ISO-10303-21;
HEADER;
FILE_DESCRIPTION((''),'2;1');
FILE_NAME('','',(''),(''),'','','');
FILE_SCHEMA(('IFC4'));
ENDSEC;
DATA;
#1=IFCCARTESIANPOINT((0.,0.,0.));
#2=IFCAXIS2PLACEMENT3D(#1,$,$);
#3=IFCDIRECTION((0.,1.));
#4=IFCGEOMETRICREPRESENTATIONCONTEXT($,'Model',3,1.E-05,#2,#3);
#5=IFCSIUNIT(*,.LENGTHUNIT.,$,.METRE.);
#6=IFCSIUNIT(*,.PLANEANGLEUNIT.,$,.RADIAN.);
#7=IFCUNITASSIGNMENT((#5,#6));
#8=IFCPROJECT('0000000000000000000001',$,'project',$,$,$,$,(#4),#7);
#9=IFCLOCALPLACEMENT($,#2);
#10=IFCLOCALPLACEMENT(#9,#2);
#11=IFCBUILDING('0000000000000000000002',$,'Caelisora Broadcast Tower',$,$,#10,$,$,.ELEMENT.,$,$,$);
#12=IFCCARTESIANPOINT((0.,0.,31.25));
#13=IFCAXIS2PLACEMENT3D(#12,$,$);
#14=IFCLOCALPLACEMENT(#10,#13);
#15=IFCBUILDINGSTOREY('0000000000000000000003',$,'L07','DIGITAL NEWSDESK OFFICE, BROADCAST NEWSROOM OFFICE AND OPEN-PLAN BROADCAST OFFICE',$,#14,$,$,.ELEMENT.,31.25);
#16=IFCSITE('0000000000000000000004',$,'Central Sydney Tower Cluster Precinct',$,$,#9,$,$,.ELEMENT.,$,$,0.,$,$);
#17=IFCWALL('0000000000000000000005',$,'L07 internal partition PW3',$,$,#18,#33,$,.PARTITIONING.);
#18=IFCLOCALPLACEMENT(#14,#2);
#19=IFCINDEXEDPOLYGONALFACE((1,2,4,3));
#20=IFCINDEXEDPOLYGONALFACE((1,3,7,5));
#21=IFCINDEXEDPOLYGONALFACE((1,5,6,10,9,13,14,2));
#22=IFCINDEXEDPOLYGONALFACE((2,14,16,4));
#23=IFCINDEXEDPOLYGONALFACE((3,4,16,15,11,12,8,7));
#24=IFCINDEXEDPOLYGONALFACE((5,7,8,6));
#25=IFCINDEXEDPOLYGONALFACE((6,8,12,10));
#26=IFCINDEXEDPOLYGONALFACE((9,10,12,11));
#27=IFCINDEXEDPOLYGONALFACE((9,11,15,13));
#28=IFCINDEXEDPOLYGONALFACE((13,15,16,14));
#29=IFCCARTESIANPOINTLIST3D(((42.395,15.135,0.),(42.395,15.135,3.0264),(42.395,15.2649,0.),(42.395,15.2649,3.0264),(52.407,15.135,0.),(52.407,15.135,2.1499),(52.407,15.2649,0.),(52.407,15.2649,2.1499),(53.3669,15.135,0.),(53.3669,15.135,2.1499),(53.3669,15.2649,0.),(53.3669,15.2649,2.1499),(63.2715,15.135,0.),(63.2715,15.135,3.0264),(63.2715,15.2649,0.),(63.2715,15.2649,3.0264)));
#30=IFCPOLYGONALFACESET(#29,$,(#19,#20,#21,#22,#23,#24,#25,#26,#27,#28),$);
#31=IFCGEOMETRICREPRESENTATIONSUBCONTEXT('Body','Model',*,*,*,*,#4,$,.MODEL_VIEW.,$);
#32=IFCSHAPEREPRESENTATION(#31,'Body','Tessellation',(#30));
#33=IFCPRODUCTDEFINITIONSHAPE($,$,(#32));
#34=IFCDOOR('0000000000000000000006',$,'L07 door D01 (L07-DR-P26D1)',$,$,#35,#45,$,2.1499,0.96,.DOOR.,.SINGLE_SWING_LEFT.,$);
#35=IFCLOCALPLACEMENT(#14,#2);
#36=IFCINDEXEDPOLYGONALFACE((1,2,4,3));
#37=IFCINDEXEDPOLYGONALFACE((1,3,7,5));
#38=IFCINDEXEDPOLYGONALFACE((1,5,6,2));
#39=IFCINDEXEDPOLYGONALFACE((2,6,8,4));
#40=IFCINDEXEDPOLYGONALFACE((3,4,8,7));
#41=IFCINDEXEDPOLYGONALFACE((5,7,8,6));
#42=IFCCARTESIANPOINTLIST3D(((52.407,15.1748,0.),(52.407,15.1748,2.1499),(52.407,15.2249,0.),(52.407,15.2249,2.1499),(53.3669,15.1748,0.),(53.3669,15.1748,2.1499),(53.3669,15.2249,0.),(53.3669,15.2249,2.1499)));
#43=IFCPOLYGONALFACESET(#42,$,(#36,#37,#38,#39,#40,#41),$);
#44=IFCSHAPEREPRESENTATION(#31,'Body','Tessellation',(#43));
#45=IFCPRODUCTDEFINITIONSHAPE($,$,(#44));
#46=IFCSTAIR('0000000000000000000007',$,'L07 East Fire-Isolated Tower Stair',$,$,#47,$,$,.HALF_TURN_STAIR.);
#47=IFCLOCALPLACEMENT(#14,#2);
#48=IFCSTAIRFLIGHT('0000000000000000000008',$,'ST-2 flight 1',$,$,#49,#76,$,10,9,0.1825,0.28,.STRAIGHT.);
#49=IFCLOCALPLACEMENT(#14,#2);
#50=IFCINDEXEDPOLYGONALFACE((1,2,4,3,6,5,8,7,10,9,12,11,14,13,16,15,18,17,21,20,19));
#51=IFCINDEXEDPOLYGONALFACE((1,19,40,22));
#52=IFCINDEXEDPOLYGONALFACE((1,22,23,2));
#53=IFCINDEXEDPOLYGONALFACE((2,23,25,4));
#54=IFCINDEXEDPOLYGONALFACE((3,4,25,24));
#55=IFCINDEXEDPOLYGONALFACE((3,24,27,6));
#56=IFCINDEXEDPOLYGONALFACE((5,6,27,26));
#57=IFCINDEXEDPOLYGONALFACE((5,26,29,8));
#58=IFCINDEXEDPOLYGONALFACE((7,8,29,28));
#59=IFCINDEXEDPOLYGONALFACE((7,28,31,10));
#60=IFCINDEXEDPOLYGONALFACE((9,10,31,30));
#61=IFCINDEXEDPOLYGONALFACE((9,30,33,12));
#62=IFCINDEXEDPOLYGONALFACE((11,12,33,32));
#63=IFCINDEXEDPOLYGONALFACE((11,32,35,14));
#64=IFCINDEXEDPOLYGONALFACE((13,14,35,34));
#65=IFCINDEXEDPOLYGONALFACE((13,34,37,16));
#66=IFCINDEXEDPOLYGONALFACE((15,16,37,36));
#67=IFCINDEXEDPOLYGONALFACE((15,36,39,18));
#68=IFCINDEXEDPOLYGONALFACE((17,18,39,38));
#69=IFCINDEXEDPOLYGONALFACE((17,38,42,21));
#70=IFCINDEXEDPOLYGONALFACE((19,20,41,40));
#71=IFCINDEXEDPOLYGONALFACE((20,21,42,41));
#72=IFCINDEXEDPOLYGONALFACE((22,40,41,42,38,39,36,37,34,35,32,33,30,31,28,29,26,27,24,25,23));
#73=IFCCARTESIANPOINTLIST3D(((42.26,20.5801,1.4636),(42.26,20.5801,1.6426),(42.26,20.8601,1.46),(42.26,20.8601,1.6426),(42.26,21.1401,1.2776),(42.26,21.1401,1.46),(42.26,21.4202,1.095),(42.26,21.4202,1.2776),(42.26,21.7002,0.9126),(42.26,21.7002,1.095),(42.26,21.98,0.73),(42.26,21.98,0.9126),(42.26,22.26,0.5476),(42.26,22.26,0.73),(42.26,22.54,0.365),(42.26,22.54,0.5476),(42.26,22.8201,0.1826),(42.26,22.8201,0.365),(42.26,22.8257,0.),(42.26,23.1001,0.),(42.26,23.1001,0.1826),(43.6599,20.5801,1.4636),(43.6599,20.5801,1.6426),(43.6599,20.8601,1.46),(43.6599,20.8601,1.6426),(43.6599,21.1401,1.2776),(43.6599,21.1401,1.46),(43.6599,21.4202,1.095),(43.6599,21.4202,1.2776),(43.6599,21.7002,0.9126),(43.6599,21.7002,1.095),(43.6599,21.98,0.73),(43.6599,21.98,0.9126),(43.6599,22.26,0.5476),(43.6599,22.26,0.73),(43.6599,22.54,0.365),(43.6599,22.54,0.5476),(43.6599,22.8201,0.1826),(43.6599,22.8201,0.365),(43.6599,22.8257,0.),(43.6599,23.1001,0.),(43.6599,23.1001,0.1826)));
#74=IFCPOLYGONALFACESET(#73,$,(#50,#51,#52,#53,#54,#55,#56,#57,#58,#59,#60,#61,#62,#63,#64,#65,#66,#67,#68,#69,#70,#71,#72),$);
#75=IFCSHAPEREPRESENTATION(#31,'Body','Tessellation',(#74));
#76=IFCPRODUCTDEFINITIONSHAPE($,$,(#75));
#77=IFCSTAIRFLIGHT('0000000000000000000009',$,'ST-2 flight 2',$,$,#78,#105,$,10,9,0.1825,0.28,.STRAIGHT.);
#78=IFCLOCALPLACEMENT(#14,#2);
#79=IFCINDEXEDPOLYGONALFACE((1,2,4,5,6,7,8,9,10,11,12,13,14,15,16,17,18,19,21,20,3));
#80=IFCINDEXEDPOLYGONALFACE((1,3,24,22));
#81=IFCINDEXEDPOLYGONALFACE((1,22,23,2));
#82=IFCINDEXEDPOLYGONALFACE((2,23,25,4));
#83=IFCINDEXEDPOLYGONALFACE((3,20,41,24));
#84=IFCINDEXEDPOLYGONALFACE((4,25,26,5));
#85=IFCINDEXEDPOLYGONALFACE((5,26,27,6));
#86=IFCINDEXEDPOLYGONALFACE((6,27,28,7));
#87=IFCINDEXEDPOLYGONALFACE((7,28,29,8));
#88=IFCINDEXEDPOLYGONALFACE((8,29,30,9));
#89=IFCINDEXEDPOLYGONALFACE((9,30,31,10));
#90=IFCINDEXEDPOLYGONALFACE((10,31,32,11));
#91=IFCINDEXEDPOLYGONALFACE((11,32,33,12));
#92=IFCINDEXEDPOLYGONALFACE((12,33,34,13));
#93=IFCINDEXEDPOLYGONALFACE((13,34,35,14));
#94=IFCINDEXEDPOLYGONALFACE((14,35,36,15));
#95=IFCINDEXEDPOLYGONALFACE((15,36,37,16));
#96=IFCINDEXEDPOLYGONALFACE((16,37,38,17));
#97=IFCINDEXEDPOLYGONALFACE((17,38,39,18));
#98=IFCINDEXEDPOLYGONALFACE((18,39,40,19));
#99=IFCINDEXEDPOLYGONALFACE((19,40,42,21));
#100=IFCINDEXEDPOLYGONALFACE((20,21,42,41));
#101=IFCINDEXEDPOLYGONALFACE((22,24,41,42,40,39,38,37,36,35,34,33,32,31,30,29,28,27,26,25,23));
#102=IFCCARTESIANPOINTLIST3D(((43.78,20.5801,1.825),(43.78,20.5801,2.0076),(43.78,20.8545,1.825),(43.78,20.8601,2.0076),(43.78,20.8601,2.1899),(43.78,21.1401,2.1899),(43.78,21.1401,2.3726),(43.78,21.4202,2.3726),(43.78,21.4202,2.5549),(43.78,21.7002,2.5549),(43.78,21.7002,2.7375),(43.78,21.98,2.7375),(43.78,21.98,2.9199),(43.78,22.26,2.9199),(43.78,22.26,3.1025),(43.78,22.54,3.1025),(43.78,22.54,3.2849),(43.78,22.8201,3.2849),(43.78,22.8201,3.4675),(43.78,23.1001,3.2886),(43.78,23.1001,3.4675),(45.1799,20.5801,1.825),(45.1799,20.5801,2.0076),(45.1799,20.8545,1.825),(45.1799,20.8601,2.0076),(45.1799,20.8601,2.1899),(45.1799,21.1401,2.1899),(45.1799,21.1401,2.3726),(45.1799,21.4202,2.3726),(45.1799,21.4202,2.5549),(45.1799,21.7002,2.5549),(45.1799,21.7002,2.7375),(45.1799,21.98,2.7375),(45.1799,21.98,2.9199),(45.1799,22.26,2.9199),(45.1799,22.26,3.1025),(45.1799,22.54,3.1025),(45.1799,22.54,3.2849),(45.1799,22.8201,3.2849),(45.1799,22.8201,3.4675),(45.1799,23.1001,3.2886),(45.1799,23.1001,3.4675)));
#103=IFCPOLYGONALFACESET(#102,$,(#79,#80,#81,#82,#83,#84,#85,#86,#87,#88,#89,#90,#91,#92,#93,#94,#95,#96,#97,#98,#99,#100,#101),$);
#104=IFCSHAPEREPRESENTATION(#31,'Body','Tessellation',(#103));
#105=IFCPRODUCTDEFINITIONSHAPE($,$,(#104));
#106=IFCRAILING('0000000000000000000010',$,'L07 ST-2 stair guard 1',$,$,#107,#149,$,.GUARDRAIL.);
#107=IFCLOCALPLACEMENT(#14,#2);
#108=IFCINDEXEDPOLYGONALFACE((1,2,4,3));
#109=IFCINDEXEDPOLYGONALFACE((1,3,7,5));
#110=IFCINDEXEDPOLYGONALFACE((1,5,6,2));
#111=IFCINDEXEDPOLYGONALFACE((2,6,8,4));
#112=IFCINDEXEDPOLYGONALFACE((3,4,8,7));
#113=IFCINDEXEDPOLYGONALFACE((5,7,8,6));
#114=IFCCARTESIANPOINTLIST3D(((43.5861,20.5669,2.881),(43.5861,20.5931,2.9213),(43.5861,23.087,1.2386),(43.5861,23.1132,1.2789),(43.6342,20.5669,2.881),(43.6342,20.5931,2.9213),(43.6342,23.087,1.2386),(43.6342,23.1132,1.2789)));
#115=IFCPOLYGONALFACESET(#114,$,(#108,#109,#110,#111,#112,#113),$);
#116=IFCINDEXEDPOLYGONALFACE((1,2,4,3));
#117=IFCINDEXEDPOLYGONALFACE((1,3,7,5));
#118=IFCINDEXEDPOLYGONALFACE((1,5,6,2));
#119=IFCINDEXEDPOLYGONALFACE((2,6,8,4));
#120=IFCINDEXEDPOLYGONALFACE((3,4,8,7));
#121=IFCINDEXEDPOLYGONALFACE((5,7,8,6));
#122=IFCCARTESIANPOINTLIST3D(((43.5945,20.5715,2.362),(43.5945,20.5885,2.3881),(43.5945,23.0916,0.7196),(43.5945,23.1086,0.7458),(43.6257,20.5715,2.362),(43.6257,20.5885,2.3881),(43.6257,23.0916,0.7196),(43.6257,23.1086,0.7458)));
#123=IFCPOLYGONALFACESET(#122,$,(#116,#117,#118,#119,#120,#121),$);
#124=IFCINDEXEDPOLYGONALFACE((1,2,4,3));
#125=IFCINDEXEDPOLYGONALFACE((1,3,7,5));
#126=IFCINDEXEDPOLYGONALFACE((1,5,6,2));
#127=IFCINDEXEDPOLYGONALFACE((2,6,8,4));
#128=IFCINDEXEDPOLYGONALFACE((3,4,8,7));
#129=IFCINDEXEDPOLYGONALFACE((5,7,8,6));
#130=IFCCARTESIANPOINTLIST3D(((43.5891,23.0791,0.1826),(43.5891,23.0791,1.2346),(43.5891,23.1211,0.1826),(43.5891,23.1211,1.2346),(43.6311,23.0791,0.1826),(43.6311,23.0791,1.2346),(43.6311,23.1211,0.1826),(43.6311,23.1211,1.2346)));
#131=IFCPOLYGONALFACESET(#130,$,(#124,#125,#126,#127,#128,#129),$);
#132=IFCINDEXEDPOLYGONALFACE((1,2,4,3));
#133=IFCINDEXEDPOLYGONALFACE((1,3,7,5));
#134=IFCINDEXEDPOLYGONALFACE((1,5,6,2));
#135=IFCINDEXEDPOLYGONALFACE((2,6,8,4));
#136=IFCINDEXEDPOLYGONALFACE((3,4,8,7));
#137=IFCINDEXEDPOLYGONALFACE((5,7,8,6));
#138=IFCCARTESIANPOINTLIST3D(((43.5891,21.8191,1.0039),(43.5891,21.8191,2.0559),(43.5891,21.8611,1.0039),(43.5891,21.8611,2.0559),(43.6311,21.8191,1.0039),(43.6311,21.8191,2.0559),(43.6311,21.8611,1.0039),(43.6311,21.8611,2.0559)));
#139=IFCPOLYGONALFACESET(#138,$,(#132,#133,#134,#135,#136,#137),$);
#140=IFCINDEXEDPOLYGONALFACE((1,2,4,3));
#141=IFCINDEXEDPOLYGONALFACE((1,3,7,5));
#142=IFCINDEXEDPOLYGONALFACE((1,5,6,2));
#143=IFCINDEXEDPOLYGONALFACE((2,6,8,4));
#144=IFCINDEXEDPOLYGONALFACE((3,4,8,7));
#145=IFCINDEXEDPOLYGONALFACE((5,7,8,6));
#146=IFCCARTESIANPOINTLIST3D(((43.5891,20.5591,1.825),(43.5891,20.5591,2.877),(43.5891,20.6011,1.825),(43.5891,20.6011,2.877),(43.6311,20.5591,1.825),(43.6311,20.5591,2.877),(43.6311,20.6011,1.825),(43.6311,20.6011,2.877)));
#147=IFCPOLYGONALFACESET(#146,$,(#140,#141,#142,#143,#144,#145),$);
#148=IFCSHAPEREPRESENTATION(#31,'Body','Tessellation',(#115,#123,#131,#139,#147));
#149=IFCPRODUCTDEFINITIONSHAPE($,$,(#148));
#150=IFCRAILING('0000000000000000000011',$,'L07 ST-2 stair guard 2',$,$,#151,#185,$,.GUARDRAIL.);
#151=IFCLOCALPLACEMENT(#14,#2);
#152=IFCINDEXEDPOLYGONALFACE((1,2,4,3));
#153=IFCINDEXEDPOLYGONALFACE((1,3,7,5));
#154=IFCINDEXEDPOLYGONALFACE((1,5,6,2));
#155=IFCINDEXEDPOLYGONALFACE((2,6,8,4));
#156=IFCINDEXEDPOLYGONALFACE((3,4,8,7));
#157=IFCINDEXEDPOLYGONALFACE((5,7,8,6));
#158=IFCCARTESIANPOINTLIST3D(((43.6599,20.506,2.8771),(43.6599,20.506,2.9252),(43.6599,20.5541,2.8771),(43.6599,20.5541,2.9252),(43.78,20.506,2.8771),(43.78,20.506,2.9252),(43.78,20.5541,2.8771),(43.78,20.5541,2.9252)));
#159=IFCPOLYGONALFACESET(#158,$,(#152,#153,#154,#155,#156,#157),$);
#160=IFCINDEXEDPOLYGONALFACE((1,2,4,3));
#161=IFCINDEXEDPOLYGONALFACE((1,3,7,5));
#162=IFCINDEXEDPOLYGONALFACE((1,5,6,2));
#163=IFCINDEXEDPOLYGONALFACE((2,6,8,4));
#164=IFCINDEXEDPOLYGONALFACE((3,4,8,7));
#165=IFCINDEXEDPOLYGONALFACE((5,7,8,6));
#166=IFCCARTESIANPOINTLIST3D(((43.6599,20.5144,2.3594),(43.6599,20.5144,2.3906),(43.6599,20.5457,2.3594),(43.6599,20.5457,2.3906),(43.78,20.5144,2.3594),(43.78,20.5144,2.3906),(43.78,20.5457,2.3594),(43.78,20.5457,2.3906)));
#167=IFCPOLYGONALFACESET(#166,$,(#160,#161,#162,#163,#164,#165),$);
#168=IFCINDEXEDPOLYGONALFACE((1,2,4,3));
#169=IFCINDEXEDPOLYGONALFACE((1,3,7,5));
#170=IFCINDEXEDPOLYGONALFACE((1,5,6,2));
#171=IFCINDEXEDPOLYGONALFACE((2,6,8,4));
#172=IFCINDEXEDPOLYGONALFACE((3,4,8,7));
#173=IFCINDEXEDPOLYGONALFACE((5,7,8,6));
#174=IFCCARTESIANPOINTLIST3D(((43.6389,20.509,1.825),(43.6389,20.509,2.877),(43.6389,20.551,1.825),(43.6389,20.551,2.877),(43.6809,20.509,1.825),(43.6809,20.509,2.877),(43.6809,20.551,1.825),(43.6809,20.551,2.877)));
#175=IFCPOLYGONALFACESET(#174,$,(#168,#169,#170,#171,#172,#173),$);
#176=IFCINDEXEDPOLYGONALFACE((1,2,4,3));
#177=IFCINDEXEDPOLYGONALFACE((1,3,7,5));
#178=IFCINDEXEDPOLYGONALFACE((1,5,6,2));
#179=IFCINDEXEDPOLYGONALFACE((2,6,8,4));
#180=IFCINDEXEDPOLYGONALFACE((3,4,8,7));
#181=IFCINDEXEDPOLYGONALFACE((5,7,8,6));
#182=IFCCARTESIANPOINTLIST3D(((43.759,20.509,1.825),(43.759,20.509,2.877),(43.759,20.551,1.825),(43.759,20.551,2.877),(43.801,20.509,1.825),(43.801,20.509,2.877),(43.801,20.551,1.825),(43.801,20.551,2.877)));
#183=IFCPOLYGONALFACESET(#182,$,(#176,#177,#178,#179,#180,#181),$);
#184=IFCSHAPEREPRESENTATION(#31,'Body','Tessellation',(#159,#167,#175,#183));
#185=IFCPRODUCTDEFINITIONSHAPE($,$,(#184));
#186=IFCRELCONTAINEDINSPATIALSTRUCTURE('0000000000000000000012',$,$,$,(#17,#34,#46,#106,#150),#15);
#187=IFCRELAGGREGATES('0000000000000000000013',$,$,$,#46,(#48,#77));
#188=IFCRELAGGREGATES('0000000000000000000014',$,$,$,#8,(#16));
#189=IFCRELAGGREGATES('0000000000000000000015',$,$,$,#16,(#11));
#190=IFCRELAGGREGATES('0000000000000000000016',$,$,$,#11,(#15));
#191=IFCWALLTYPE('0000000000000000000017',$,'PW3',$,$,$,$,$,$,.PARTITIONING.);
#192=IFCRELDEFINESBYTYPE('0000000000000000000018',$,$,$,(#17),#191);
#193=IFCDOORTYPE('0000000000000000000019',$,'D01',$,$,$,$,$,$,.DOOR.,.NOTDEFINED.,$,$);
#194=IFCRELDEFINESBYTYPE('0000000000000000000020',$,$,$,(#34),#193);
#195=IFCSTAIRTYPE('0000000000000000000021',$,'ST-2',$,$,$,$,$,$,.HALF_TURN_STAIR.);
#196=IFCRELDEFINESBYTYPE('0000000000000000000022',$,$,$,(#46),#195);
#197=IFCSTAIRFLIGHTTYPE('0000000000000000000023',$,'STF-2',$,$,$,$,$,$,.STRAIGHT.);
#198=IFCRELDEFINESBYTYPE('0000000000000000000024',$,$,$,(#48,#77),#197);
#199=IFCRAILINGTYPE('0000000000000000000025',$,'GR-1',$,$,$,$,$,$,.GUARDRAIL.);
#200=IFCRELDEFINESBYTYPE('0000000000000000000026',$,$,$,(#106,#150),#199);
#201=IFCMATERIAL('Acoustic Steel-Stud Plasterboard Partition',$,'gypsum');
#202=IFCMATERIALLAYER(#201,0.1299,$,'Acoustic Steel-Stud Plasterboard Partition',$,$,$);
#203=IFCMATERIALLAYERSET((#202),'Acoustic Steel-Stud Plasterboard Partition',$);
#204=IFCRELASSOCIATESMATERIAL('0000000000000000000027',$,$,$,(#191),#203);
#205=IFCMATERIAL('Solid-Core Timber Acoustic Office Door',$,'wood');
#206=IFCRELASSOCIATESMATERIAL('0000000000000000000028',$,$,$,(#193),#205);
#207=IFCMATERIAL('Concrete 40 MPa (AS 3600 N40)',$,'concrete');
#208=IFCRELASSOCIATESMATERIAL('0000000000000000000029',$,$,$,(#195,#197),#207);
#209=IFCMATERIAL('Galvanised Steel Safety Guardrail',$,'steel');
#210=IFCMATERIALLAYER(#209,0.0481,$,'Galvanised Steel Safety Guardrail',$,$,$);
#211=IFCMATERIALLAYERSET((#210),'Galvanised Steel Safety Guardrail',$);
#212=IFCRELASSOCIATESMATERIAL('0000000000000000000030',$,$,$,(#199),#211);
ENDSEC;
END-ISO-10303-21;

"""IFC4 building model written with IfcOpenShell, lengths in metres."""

from ifc_helpers import new_model, si_unit, direction, frame, frame_2d, origin, origin_2d, place, context, subcontext, project, spatial, polyline, rectangle, outline, extrude, material, layer, layer_set, type_object, element, fill, aggregate, save


model = new_model("IFC4")

# Units and contexts
model_context = context("Model", 3, precision=1e-05, world=origin(), true_north=direction((0.0, 1.0)))
body_context = subcontext(model_context, "Body", "Model", "MODEL_VIEW")
ifc_project = project(units=[si_unit("LENGTHUNIT", "METRE"), si_unit("PLANEANGLEUNIT", "RADIAN")], contexts=[model_context])

# Site, building, storey
site_placement = place(None, origin())
site = spatial("IfcSite", under=ifc_project, at=site_placement, Name="Central Sydney Tower Cluster Precinct", CompositionType="ELEMENT", RefElevation=0.0)
building_placement = place(site_placement, origin())
building = spatial("IfcBuilding", under=site, at=building_placement, Name="Caelisora Broadcast Tower", CompositionType="ELEMENT")
storey_placement = place(building_placement, frame((0.0, 0.0, 31.25)))
storey = spatial("IfcBuildingStorey", under=building, at=storey_placement, Name="L07", Description="DIGITAL NEWSDESK OFFICE, BROADCAST NEWSROOM OFFICE AND OPEN-PLAN BROADCAST OFFICE", CompositionType="ELEMENT", Elevation=31.25)

# Wall, opening, door
ifc_material_1 = material(Name="Acoustic Steel-Stud Plasterboard Partition", Category="gypsum")
ifc_layer_1 = layer(ifc_material_1, 0.1299, Name="Acoustic Steel-Stud Plasterboard Partition")
ifc_layer_set_1 = layer_set([ifc_layer_1], Name="Acoustic Steel-Stud Plasterboard Partition")
wall_type_1 = type_object("IfcWallType", Name="PW3", PredefinedType="PARTITIONING", material=ifc_layer_set_1)
wall_1_placement = place(storey_placement, frame((42.395, 15.2, 0.0), z_axis=(0.0, 0.0, 1.0), x_axis=(1.0, 0.0, 0.0)))
wall_1 = element("IfcWall", 1, at=wall_1_placement, inside=storey, type_object=wall_type_1, Name="L07 internal partition PW3", PredefinedType="PARTITIONING", context=body_context, shape_type="SweptSolid", body=[
    extrude(rectangle(XDim=20.8765, YDim=0.1299, at=frame_2d((10.4382, 0.0))), origin(), (0.0, 0.0, 1.0), 3.0264),
])
opening_1_placement = place(wall_1_placement, frame((10.012, 0.0, 0.0)))
opening_1 = element("IfcOpeningElement", 2, at=opening_1_placement, cuts=wall_1, PredefinedType="OPENING", context=body_context, shape_type="SweptSolid", body=[
    extrude(rectangle(XDim=0.96, YDim=2.1499, at=frame_2d((0.48, 1.075))), frame((0.0, 0.0769, 0.0), z_axis=(0.0, -1.0, 0.0), x_axis=(1.0, 0.0, 0.0)), (0.0, 0.0, 1.0), 0.1538),
])
ifc_material_2 = material(Name="Solid-Core Timber Acoustic Office Door", Category="wood")
door_type_1 = type_object("IfcDoorType", Name="D01", OperationType="NOTDEFINED", PredefinedType="DOOR", material=ifc_material_2)
door_1_placement = place(opening_1_placement, origin())
door_1 = element("IfcDoor", 3, at=door_1_placement, inside=storey, type_object=door_type_1, Name="L07 door D01 (L07-DR-P26D1)", OperationType="SINGLE_SWING_LEFT", OverallHeight=2.1499, OverallWidth=0.96, PredefinedType="DOOR", context=body_context, shape_type="SweptSolid", body=[
    extrude(rectangle(XDim=0.96, YDim=2.1499, at=frame_2d((0.48, 1.075))), frame((0.0, 0.0249, 0.0), z_axis=(0.0, -1.0, 0.0), x_axis=(1.0, 0.0, 0.0)), (0.0, 0.0, 1.0), 0.05),
])
fill(opening_1, door_1)

# Stair, stair flights
ifc_material_3 = material(Name="Concrete 40 MPa (AS 3600 N40)", Category="concrete")
stair_type = type_object("IfcStairType", Name="ST-2", PredefinedType="HALF_TURN_STAIR", material=ifc_material_3)
stair_placement = place(storey_placement, origin())
stair = element("IfcStair", 4, at=stair_placement, inside=storey, type_object=stair_type, Name="L07 East Fire-Isolated Tower Stair", PredefinedType="HALF_TURN_STAIR")
stair_flight_type = type_object("IfcStairFlightType", Name="STF-2", PredefinedType="STRAIGHT", material=ifc_material_3)
stair_flight_1_placement = place(storey_placement, frame((42.96, 23.1001, 0.0), z_axis=(0.0, 0.0, 1.0), x_axis=(0.0, -1.0, 0.0)))
stair_flight_1 = element("IfcStairFlight", 5, at=stair_flight_1_placement, type_object=stair_flight_type, Name="ST-2 flight 1", NumberOfRisers=10, NumberOfTreads=9, PredefinedType="STRAIGHT", RiserHeight=0.1825, TreadLength=0.28, context=body_context, shape_type="SweptSolid", body=[
    extrude(outline(polyline([(0.0, 0.0), (0.0, 0.1826), (0.28, 0.1826), (0.28, 0.365), (0.5601, 0.365), (0.5601, 0.5476), (0.8401, 0.5476), (0.8401, 0.73), (1.1201, 0.73), (1.1201, 0.9126), (1.3999, 0.9126), (1.3999, 1.095), (1.6799, 1.095), (1.6799, 1.2776), (1.96, 1.2776), (1.96, 1.46), (2.24, 1.46), (2.24, 1.6426), (2.52, 1.6426), (2.52, 1.825), (2.52, 1.4636), (0.2744, 0.0), (0.0, 0.0)])), frame((0.0, 0.7, 0.0), z_axis=(0.0, -1.0, 0.0), x_axis=(1.0, 0.0, 0.0)), (0.0, 0.0, 1.0), 1.3999),
])
stair_flight_2_placement = place(storey_placement, frame((44.48, 20.5801, 1.825), z_axis=(0.0, 0.0, 1.0), x_axis=(0.0, 1.0, 0.0)))
stair_flight_2 = element("IfcStairFlight", 6, at=stair_flight_2_placement, type_object=stair_flight_type, Name="ST-2 flight 2", NumberOfRisers=10, NumberOfTreads=9, PredefinedType="STRAIGHT", RiserHeight=0.1825, TreadLength=0.28, context=body_context, shape_type="SweptSolid", body=[
    extrude(outline(polyline([(0.0, 0.0), (0.0, 0.1826), (0.28, 0.1826), (0.28, 0.365), (0.5601, 0.365), (0.5601, 0.5476), (0.8401, 0.5476), (0.8401, 0.73), (1.1201, 0.73), (1.1201, 0.9126), (1.3999, 0.9126), (1.3999, 1.095), (1.6799, 1.095), (1.6799, 1.2776), (1.96, 1.2776), (1.96, 1.46), (2.24, 1.46), (2.24, 1.6426), (2.52, 1.6426), (2.52, 1.825), (2.52, 1.4636), (0.2744, 0.0), (0.0, 0.0)])), frame((0.0, 0.7, 0.0), z_axis=(0.0, -1.0, 0.0), x_axis=(1.0, 0.0, 0.0)), (0.0, 0.0, 1.0), 1.3999),
])
aggregate(stair, [stair_flight_1, stair_flight_2])

# Railings
ifc_material_4 = material(Name="Galvanised Steel Safety Guardrail", Category="steel")
ifc_layer_2 = layer(ifc_material_4, 0.0481, Name="Galvanised Steel Safety Guardrail")
ifc_layer_set_2 = layer_set([ifc_layer_2], Name="Galvanised Steel Safety Guardrail")
railing_type_1 = type_object("IfcRailingType", Name="GR-1", PredefinedType="GUARDRAIL", material=ifc_layer_set_2)
railing_1_placement = place(storey_placement, frame((43.6101, 23.1001, 0.1826)))
element("IfcRailing", 7, at=railing_1_placement, inside=storey, type_object=railing_type_1, Name="L07 ST-2 stair guard 1", PredefinedType="GUARDRAIL", context=body_context, shape_type="SweptSolid", body=[
    extrude(rectangle(XDim=0.0481, YDim=0.0481, at=origin_2d()), frame((0.0, 0.0, 1.0762), z_axis=(0.0, -0.837787, 0.545998), x_axis=(1.0, 0.0, 0.0)), (0.0, 0.0, 1.0), 3.0081),
    extrude(rectangle(XDim=0.0312, YDim=0.0312, at=origin_2d()), frame((0.0, 0.0, 0.55), z_axis=(0.0, -0.837787, 0.545998), x_axis=(1.0, 0.0, 0.0)), (0.0, 0.0, 1.0), 3.0081),
    extrude(rectangle(XDim=0.042, YDim=0.042, at=origin_2d()), origin(), (0.0, 0.0, 1.0), 1.052),
    extrude(rectangle(XDim=0.042, YDim=0.042, at=origin_2d()), frame((0.0, -1.26, 0.8213)), (0.0, 0.0, 1.0), 1.052),
    extrude(rectangle(XDim=0.042, YDim=0.042, at=origin_2d()), frame((0.0, -2.52, 1.6423)), (0.0, 0.0, 1.0), 1.052),
])
railing_2_placement = place(storey_placement, frame((43.6599, 20.53, 1.825)))
element("IfcRailing", 8, at=railing_2_placement, inside=storey, type_object=railing_type_1, Name="L07 ST-2 stair guard 2", PredefinedType="GUARDRAIL", context=body_context, shape_type="SweptSolid", body=[
    extrude(rectangle(XDim=0.0481, YDim=0.0481, at=origin_2d()), frame((0.0, 0.0, 1.0762), z_axis=(1.0, 0.0, 0.0), x_axis=(0.0, 1.0, 0.0)), (0.0, 0.0, 1.0), 0.1201),
    extrude(rectangle(XDim=0.0312, YDim=0.0312, at=origin_2d()), frame((0.0, 0.0, 0.55), z_axis=(1.0, 0.0, 0.0), x_axis=(0.0, 1.0, 0.0)), (0.0, 0.0, 1.0), 0.1201),
    extrude(rectangle(XDim=0.042, YDim=0.042, at=origin_2d()), origin(), (0.0, 0.0, 1.0), 1.052),
    extrude(rectangle(XDim=0.042, YDim=0.042, at=origin_2d()), frame((0.1201, 0.0, 0.0)), (0.0, 0.0, 1.0), 1.052),
])

save(model, "model.ifc")
